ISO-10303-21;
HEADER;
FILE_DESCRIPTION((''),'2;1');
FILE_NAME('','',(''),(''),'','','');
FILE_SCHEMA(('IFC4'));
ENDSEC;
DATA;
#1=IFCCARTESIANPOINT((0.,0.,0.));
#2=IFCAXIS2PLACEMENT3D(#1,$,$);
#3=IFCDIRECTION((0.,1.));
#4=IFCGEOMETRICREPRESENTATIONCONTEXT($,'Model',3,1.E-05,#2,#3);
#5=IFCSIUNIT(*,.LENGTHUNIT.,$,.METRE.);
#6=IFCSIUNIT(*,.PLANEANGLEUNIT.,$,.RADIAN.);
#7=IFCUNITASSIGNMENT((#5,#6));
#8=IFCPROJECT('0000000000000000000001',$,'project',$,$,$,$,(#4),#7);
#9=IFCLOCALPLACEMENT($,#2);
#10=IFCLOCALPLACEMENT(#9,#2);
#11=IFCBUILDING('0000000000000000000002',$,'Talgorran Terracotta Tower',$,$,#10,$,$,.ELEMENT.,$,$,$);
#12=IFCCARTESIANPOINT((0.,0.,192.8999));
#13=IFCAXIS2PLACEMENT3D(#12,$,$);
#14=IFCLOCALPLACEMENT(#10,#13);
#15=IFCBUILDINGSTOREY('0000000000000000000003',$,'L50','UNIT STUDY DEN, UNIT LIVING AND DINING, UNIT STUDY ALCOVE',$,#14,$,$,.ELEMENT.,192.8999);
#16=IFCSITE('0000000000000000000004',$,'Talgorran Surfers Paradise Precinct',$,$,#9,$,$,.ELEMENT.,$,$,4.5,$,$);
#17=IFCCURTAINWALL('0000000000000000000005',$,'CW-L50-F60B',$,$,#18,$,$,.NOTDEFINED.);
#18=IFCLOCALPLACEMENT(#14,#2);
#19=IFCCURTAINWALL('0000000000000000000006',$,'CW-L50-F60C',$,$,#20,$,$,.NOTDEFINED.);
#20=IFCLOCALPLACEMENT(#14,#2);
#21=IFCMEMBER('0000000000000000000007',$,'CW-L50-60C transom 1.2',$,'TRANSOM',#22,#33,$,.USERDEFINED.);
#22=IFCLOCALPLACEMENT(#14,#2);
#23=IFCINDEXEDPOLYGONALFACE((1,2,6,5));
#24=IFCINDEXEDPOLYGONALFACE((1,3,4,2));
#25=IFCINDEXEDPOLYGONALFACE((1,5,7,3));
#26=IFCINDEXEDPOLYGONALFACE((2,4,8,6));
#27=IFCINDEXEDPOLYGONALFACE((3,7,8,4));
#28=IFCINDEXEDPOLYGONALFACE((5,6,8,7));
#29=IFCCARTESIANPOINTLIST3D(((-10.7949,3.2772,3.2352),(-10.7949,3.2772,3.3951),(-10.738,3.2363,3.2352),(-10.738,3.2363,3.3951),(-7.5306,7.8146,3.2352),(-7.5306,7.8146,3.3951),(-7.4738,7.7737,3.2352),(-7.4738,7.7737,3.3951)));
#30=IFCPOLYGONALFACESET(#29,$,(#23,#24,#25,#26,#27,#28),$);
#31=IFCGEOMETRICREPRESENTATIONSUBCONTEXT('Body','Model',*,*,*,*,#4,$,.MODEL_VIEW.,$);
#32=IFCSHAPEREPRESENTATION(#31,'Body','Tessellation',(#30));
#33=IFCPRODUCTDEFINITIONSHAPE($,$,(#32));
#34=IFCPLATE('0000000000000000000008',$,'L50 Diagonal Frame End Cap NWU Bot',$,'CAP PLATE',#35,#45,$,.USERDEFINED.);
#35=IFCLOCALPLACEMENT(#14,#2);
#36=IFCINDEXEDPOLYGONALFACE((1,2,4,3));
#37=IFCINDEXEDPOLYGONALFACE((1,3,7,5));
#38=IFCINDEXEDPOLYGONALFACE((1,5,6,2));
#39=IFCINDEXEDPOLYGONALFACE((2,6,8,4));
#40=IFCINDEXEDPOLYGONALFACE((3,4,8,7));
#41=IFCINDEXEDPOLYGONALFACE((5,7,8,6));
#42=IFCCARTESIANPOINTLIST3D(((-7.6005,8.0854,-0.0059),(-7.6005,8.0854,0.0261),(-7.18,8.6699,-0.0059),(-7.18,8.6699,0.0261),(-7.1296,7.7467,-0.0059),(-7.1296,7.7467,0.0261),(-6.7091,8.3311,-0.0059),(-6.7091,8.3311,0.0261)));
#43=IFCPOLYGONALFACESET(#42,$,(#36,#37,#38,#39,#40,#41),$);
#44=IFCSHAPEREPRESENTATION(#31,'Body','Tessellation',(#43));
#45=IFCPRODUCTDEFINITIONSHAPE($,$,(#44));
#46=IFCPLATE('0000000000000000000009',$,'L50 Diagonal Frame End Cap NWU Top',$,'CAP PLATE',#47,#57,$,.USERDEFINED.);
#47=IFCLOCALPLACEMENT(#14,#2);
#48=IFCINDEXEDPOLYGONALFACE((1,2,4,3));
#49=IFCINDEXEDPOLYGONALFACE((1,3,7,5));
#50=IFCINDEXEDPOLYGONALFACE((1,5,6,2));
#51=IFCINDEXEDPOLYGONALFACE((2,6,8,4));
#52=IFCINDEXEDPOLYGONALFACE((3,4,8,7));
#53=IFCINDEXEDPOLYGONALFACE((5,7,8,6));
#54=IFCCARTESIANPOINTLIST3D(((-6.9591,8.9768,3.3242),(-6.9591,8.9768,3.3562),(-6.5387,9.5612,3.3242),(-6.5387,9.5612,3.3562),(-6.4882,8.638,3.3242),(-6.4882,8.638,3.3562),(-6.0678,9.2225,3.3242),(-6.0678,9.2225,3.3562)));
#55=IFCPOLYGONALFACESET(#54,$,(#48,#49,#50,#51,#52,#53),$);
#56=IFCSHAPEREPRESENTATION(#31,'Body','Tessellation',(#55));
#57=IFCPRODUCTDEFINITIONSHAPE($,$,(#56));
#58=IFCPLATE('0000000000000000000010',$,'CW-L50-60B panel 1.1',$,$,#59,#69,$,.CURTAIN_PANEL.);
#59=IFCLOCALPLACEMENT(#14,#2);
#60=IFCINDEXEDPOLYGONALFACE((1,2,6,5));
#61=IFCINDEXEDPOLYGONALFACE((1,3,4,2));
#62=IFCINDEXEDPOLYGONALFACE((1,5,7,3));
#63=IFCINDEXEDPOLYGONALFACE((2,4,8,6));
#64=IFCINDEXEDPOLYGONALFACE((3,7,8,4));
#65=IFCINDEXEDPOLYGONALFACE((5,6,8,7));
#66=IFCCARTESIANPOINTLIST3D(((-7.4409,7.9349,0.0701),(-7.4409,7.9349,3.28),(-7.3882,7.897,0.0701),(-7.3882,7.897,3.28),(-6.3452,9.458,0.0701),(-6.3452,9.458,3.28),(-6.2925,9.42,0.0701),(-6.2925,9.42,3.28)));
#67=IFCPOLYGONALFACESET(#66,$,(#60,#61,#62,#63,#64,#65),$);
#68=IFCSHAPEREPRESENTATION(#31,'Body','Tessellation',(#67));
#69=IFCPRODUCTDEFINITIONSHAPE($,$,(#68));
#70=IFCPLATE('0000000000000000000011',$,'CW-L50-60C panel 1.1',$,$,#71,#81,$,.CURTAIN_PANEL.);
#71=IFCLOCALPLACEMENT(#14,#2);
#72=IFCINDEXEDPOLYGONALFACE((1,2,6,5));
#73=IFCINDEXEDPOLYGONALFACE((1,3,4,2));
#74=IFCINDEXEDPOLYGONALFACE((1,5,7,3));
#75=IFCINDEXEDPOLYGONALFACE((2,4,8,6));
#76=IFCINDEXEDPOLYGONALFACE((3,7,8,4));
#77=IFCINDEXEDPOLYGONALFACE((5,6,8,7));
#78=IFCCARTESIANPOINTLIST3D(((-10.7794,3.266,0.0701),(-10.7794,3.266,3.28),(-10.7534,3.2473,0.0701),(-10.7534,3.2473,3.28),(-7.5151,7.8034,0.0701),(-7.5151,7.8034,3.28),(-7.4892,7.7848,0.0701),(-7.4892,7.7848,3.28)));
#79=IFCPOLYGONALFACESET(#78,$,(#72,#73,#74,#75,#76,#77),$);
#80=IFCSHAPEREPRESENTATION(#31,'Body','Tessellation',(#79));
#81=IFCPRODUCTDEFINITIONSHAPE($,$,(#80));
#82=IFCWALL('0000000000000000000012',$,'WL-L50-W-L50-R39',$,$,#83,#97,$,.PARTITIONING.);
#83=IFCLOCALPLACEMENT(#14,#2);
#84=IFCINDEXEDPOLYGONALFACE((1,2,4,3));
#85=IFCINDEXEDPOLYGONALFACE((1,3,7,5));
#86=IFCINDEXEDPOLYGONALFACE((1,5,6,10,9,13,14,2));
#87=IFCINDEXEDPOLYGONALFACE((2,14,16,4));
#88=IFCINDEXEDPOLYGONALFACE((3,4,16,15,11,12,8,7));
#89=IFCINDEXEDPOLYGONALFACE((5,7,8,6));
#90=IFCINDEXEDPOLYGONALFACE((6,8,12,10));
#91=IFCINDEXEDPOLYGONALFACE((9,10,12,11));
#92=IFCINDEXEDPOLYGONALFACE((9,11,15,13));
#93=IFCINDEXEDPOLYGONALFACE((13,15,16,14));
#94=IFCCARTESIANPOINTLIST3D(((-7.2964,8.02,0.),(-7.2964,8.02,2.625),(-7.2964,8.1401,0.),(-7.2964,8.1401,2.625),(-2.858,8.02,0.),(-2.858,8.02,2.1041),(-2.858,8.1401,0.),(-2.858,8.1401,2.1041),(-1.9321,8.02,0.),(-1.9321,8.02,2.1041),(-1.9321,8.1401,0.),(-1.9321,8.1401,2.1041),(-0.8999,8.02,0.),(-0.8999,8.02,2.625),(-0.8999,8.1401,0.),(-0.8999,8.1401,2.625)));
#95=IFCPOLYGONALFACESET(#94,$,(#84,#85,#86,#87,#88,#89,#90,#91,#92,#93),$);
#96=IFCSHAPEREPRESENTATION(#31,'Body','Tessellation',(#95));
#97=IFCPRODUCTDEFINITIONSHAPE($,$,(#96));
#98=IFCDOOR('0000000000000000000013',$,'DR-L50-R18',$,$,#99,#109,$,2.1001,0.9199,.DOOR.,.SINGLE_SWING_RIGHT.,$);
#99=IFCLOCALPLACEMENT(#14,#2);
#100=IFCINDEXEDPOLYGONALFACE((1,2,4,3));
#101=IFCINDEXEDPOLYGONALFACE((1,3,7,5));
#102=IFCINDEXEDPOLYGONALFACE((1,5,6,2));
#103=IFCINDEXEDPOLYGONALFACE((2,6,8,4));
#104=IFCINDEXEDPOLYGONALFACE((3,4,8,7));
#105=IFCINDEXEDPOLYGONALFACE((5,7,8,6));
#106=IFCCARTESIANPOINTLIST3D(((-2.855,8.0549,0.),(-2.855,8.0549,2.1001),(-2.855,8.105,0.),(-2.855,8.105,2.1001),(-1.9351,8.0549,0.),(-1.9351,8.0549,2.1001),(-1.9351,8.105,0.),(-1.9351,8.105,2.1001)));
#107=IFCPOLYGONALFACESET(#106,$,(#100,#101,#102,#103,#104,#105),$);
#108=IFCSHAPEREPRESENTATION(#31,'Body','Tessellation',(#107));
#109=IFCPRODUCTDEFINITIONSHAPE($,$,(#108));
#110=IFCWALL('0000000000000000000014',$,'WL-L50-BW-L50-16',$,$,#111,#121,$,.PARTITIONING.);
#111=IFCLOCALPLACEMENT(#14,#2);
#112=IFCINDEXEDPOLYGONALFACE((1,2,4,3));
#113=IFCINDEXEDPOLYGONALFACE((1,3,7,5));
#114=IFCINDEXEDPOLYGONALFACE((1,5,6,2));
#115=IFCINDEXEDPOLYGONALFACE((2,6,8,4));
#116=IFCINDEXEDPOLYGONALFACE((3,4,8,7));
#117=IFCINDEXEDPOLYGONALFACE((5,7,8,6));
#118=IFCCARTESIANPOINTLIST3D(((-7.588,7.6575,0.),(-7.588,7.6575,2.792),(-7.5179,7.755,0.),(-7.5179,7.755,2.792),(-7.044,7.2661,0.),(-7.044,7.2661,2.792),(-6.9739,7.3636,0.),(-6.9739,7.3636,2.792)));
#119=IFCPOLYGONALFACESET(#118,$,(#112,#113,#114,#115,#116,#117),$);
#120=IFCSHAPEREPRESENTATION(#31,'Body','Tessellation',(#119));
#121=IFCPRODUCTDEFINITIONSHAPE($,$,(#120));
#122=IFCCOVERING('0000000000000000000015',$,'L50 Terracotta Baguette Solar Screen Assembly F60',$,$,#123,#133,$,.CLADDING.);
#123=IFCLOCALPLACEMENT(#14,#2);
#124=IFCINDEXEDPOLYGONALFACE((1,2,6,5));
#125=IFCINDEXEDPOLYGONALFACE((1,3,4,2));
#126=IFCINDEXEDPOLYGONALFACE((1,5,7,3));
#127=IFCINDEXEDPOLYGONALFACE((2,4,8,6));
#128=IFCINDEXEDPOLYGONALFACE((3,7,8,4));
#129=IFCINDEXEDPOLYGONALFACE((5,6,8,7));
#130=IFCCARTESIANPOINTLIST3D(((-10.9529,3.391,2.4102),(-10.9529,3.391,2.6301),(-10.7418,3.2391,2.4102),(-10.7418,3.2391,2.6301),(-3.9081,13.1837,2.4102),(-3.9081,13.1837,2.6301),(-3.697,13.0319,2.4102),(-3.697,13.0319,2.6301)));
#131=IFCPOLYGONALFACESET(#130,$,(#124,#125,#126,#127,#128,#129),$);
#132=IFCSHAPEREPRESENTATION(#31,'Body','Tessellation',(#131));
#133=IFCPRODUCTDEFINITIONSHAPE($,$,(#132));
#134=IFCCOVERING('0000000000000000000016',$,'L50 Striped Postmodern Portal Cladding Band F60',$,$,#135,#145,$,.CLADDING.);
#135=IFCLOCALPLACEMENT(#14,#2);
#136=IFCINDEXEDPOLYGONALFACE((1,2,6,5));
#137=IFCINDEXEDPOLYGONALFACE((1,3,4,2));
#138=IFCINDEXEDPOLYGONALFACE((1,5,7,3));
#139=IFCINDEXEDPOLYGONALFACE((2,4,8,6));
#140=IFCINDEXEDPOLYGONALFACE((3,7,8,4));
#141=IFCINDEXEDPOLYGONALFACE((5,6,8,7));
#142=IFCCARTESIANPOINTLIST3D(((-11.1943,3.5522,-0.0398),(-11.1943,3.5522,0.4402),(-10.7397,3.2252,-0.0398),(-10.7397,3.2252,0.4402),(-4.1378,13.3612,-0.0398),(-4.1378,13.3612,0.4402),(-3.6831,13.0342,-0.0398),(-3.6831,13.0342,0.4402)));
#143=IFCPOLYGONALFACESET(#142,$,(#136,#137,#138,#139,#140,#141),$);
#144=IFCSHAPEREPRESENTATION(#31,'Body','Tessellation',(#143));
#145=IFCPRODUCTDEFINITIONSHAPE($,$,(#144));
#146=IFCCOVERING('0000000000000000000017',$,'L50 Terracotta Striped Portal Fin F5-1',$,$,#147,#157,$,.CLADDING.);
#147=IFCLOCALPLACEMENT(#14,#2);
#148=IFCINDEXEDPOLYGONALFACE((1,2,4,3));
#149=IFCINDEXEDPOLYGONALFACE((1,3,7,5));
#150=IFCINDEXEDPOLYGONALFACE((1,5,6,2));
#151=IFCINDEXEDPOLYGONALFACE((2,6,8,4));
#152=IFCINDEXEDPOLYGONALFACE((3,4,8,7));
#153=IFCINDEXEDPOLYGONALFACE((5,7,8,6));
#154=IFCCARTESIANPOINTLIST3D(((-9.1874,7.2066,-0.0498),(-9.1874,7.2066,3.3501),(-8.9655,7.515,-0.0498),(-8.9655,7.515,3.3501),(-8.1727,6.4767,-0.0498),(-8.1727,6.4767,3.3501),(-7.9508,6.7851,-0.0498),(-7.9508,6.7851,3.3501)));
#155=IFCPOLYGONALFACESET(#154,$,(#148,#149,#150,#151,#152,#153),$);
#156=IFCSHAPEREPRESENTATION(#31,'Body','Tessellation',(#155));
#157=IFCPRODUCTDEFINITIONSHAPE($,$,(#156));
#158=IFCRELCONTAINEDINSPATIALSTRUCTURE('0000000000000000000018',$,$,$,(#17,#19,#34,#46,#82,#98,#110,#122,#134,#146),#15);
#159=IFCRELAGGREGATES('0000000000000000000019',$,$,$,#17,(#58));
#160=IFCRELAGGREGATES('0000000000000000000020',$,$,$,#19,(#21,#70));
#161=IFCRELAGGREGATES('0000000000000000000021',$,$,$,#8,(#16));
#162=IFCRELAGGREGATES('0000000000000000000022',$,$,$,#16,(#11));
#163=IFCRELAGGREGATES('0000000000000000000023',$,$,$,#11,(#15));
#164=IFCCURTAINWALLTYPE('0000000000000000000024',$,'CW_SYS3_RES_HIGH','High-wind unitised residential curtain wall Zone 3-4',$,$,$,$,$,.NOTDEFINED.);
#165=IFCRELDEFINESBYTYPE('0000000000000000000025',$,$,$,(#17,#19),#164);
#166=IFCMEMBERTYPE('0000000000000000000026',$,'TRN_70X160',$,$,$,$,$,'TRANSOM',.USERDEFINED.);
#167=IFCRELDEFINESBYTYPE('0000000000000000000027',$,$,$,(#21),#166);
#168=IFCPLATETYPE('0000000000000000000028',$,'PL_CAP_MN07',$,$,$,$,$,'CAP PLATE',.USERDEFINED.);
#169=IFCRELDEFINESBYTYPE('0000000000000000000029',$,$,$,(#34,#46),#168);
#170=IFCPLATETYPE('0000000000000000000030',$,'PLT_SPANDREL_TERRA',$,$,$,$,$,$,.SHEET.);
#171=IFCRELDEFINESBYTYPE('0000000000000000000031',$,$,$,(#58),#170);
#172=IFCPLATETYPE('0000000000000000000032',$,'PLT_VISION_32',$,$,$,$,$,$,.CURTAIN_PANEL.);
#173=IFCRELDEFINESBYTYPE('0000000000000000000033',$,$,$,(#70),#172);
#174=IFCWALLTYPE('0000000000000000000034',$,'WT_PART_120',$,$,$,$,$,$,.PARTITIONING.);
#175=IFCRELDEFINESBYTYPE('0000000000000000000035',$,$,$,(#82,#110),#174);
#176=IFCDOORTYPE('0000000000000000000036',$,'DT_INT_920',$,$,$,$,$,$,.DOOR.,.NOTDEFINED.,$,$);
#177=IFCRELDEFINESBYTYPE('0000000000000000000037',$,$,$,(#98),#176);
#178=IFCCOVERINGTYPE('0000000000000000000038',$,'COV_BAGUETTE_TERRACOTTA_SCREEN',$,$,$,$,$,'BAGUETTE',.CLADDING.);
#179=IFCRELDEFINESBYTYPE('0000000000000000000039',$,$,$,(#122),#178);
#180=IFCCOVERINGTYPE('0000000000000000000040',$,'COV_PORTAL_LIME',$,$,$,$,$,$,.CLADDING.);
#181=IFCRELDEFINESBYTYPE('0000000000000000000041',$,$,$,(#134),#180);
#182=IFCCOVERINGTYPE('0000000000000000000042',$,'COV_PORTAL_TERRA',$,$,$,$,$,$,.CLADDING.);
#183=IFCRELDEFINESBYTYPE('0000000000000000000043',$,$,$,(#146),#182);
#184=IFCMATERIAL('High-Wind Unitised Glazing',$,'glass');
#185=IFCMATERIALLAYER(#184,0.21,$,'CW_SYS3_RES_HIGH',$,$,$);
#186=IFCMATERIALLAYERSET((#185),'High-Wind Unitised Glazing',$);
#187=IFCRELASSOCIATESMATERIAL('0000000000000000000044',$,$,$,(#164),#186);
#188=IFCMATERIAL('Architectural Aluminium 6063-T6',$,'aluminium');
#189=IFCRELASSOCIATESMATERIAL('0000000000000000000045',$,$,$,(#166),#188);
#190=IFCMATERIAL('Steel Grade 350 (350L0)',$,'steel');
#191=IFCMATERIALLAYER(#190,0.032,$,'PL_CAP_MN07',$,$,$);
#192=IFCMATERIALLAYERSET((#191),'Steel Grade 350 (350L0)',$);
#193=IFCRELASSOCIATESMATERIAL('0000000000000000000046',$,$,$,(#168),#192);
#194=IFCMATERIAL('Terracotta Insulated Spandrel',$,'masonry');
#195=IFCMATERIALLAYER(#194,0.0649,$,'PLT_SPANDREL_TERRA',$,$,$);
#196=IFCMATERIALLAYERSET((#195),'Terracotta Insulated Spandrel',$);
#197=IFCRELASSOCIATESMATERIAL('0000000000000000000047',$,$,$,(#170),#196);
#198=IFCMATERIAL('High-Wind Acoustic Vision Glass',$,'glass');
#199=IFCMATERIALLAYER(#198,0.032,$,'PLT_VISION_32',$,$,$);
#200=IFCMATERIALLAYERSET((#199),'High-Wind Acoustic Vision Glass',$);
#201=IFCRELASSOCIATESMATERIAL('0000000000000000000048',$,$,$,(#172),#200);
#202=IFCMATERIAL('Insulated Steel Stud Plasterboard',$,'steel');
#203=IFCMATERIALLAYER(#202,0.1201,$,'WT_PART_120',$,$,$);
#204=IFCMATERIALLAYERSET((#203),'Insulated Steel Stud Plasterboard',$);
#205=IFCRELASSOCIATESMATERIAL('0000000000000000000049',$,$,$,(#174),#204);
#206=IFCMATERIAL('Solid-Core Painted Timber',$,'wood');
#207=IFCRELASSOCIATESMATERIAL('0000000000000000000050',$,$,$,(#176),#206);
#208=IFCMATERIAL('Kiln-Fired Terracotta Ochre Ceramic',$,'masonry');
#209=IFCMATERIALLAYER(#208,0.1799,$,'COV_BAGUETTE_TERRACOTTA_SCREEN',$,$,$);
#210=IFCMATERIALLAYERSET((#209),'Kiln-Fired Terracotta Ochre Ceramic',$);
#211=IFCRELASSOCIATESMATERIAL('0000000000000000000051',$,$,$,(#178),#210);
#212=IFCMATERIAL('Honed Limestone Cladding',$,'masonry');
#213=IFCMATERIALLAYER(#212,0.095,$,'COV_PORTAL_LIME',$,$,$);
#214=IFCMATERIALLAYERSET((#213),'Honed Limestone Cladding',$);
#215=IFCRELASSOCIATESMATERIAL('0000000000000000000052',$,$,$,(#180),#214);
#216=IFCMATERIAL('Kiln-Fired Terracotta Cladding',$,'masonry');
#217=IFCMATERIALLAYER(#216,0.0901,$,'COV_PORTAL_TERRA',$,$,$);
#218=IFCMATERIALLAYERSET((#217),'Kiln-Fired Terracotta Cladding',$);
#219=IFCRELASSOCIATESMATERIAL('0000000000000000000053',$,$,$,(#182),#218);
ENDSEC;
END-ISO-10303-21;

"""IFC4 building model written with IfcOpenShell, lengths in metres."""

from ifc_helpers import new_model, si_unit, direction, frame, frame_2d, origin, origin_2d, place, context, subcontext, project, spatial, rectangle, extrude, source, transform, mapped, material, layer, layer_set, material_profile, profile_set, type_object, type_shapes, element, fill, aggregate, save


model = new_model("IFC4")

# Units and contexts
model_context = context("Model", 3, precision=1e-05, world=origin(), true_north=direction((0.0, 1.0)))
body_context = subcontext(model_context, "Body", "Model", "MODEL_VIEW")
ifc_project = project(units=[si_unit("LENGTHUNIT", "METRE"), si_unit("PLANEANGLEUNIT", "RADIAN")], contexts=[model_context])

# Site, building, storey
site_placement = place(None, origin())
site = spatial("IfcSite", under=ifc_project, at=site_placement, Name="Talgorran Surfers Paradise Precinct", CompositionType="ELEMENT", RefElevation=4.5)
building_placement = place(site_placement, origin())
building = spatial("IfcBuilding", under=site, at=building_placement, Name="Talgorran Terracotta Tower", CompositionType="ELEMENT")
storey_placement = place(building_placement, frame((0.0, 0.0, 192.8999)))
storey = spatial("IfcBuildingStorey", under=building, at=storey_placement, Name="L50", Description="UNIT STUDY DEN, UNIT LIVING AND DINING, UNIT STUDY ALCOVE", CompositionType="ELEMENT", Elevation=192.8999)

# Shared definitions
ifc_material_1 = material(Name="Steel Grade 350 (350L0)", Category="steel")

# Curtain wall
ifc_material_2 = material(Name="High-Wind Unitised Glazing", Category="glass")
ifc_layer_1 = layer(ifc_material_2, 0.21, Name="CW_SYS3_RES_HIGH")
ifc_layer_set_1 = layer_set([ifc_layer_1], Name="High-Wind Unitised Glazing")
curtain_wall_type = type_object("IfcCurtainWallType", Name="CW_SYS3_RES_HIGH", Description="High-wind unitised residential curtain wall Zone 3-4", PredefinedType="NOTDEFINED", material=ifc_layer_set_1)
curtain_wall_1_placement = place(storey_placement, origin())
curtain_wall_1 = element("IfcCurtainWall", 1, at=curtain_wall_1_placement, inside=storey, type_object=curtain_wall_type, Name="CW-L50-F60B", PredefinedType="NOTDEFINED")
ifc_material_3 = material(Name="Architectural Aluminium 6063-T6", Category="aluminium")

# Curtain wall
curtain_wall_2_placement = place(storey_placement, origin())
curtain_wall_2 = element("IfcCurtainWall", 2, at=curtain_wall_2_placement, inside=storey, type_object=curtain_wall_type, Name="CW-L50-F60C", PredefinedType="NOTDEFINED")

# Member
ifc_material_profile_1 = material_profile(ifc_material_3, rectangle(XDim=0.0701, YDim=0.1599, at=origin_2d()), Name="CWT70X160")
ifc_profile_set_1 = profile_set([ifc_material_profile_1], Name="Architectural Aluminium 6063-T6")
member_type_1 = type_object("IfcMemberType", Name="TRN_70X160", ElementType="TRANSOM", PredefinedType="USERDEFINED", material=ifc_profile_set_1)
member_1_placement = place(storey_placement, frame((-7.5022, 7.7942, 3.3152), z_axis=(-0.583982, -0.811766, 0.0), x_axis=(0.811766, -0.583982, 0.0)))
member_1 = element("IfcMember", 3, at=member_1_placement, type_object=member_type_1, Name="CW-L50-60C transom 1.2", ObjectType="TRANSOM", PredefinedType="USERDEFINED", context=body_context, shape_type="SweptSolid", body=[
    extrude(rectangle(XDim=0.0701, YDim=0.1599, at=origin_2d()), origin(), (0.0, 0.0, 1.0), 5.5896),
])

# Plates
ifc_layer_2 = layer(ifc_material_1, 0.032, Name="PL_CAP_MN07")
ifc_layer_set_2 = layer_set([ifc_layer_2], Name="Steel Grade 350 (350L0)")
plate_type_1 = type_object("IfcPlateType", Name="PL_CAP_MN07", ElementType="CAP PLATE", PredefinedType="USERDEFINED", material=ifc_layer_set_2)
for number, where, z_axis, x_axis, name in (
    (4, (-7.1548, 8.2083, -0.0059), (0.0, 0.0, 1.0), (0.583966, 0.811778, 0.0), "L50 Diagonal Frame End Cap NWU Bot"),
    (5, (-6.5134, 9.0996, 3.3242), (0.0, 0.0, 1.0), (0.583966, 0.811778, 0.0), "L50 Diagonal Frame End Cap NWU Top"),
):
    element("IfcPlate", number, at=place(storey_placement, frame(where, z_axis=z_axis, x_axis=x_axis)), inside=storey, type_object=plate_type_1, Name=name, ObjectType="CAP PLATE", PredefinedType="USERDEFINED", context=body_context, shape_type="SweptSolid", body=[
        extrude(rectangle(XDim=0.72, YDim=0.5801, at=origin_2d()), origin(), (0.0, 0.0, 1.0), 0.032),
    ])

# Plates
ifc_material_4 = material(Name="Terracotta Insulated Spandrel", Category="masonry")
ifc_layer_3 = layer(ifc_material_4, 0.0649, Name="PLT_SPANDREL_TERRA")
ifc_layer_set_3 = layer_set([ifc_layer_3], Name="Terracotta Insulated Spandrel")
plate_type_2 = type_object("IfcPlateType", Name="PLT_SPANDREL_TERRA", PredefinedType="SHEET", material=ifc_layer_set_3)
shared_shape_1 = source(origin(), body_context, "Body", "SweptSolid", [
    extrude(rectangle(XDim=1.8762, YDim=0.0649, at=origin_2d()), origin(), (0.0, 0.0, 1.0), 3.21),
])
type_shapes(plate_type_2, [shared_shape_1])
plate_1_placement = place(storey_placement, frame((-6.8667, 8.6775, 0.0701), z_axis=(0.0, 0.0, 1.0), x_axis=(-0.583994, -0.811758, 0.0)))
plate_1 = element("IfcPlate", 6, at=plate_1_placement, type_object=plate_type_2, Name="CW-L50-60B panel 1.1", PredefinedType="CURTAIN_PANEL", context=body_context, shape_type="MappedRepresentation", body=[
    mapped(shared_shape_1, transform((0.0, 0.0, 0.0), scale=1.0)),
])
aggregate(curtain_wall_1, [plate_1])
ifc_material_5 = material(Name="High-Wind Acoustic Vision Glass", Category="glass")
ifc_layer_4 = layer(ifc_material_5, 0.032, Name="PLT_VISION_32")
ifc_layer_set_4 = layer_set([ifc_layer_4], Name="High-Wind Acoustic Vision Glass")
plate_type_3 = type_object("IfcPlateType", Name="PLT_VISION_32", PredefinedType="CURTAIN_PANEL", material=ifc_layer_set_4)
shared_shape_2 = source(origin(), body_context, "Body", "SweptSolid", [
    extrude(rectangle(XDim=5.5896, YDim=0.032, at=origin_2d()), origin(), (0.0, 0.0, 1.0), 3.21),
])
type_shapes(plate_type_3, [shared_shape_2])
plate_2_placement = place(storey_placement, frame((-9.1343, 5.5254, 0.0701), z_axis=(0.0, 0.0, 1.0), x_axis=(-0.583992, -0.811759, 0.0)))
plate_2 = element("IfcPlate", 7, at=plate_2_placement, type_object=plate_type_3, Name="CW-L50-60C panel 1.1", PredefinedType="CURTAIN_PANEL", context=body_context, shape_type="MappedRepresentation", body=[
    mapped(shared_shape_2, transform((0.0, 0.0, 0.0), scale=1.0)),
])
aggregate(curtain_wall_2, [member_1, plate_2])

# Wall, opening, door
ifc_material_6 = material(Name="Insulated Steel Stud Plasterboard", Category="steel")
ifc_layer_5 = layer(ifc_material_6, 0.1201, Name="WT_PART_120")
ifc_layer_set_5 = layer_set([ifc_layer_5], Name="Insulated Steel Stud Plasterboard")
wall_type = type_object("IfcWallType", Name="WT_PART_120", PredefinedType="PARTITIONING", material=ifc_layer_set_5)
wall_1_placement = place(storey_placement, frame((-7.2964, 8.0801, 0.0), z_axis=(0.0, 0.0, 1.0), x_axis=(1.0, 0.0, 0.0)))
wall_1 = element("IfcWall", 8, at=wall_1_placement, inside=storey, type_object=wall_type, Name="WL-L50-W-L50-R39", PredefinedType="PARTITIONING", context=body_context, shape_type="SweptSolid", body=[
    extrude(rectangle(XDim=6.3965, YDim=0.1201, at=frame_2d((3.1982, 0.0))), origin(), (0.0, 0.0, 1.0), 2.625),
])
opening_placement = place(wall_1_placement, frame((4.4414, 0.0, 0.0)))
opening = element("IfcOpeningElement", 9, at=opening_placement, cuts=wall_1, PredefinedType="OPENING", context=body_context, shape_type="SweptSolid", body=[
    extrude(rectangle(XDim=0.9259, YDim=2.1041, at=frame_2d((0.46, 1.052))), frame((0.0, 0.0701, 0.0), z_axis=(0.0, -1.0, 0.0), x_axis=(1.0, 0.0, 0.0)), (0.0, 0.0, 1.0), 0.1401),
])
ifc_material_7 = material(Name="Solid-Core Painted Timber", Category="wood")
door_type = type_object("IfcDoorType", Name="DT_INT_920", OperationType="NOTDEFINED", PredefinedType="DOOR", material=ifc_material_7)
door_placement = place(opening_placement, origin())
door = element("IfcDoor", 10, at=door_placement, inside=storey, type_object=door_type, Name="DR-L50-R18", OperationType="SINGLE_SWING_RIGHT", OverallHeight=2.1001, OverallWidth=0.9199, PredefinedType="DOOR", context=body_context, shape_type="SweptSolid", body=[
    extrude(rectangle(XDim=0.9199, YDim=2.1001, at=frame_2d((0.46, 1.05))), frame((0.0, 0.0249, 0.0), z_axis=(0.0, -1.0, 0.0), x_axis=(1.0, 0.0, 0.0)), (0.0, 0.0, 1.0), 0.05),
])
fill(opening, door)

# Wall
wall_2_placement = place(storey_placement, frame((-7.009, 7.3149, 0.0), z_axis=(0.0, 0.0, 1.0), x_axis=(-0.811735, 0.584026, 0.0)))
element("IfcWall", 11, at=wall_2_placement, inside=storey, type_object=wall_type, Name="WL-L50-BW-L50-16", PredefinedType="PARTITIONING", context=body_context, shape_type="SweptSolid", body=[
    extrude(rectangle(XDim=0.6702, YDim=0.1201, at=frame_2d((0.335, 0.0))), origin(), (0.0, 0.0, 1.0), 2.792),
])

# Coverings
ifc_material_8 = material(Name="Kiln-Fired Terracotta Ochre Ceramic", Category="masonry")
ifc_layer_6 = layer(ifc_material_8, 0.1799, Name="COV_BAGUETTE_TERRACOTTA_SCREEN")
ifc_layer_set_6 = layer_set([ifc_layer_6], Name="Kiln-Fired Terracotta Ochre Ceramic")
covering_type_1 = type_object("IfcCoveringType", Name="COV_BAGUETTE_TERRACOTTA_SCREEN", ElementType="BAGUETTE", PredefinedType="CLADDING", material=ifc_layer_set_6)
covering_1_placement = place(storey_placement, frame((-7.325, 8.2114, 2.4102), z_axis=(0.0, 0.0, 1.0), x_axis=(-0.583981, -0.811768, 0.0)))
element("IfcCovering", 12, at=covering_1_placement, inside=storey, type_object=covering_type_1, Name="L50 Terracotta Baguette Solar Screen Assembly F60", PredefinedType="CLADDING", context=body_context, shape_type="SweptSolid", body=[
    extrude(rectangle(XDim=12.0635, YDim=0.26, at=origin_2d()), origin(), (0.0, 0.0, 1.0), 0.22),
])
ifc_material_9 = material(Name="Honed Limestone Cladding", Category="masonry")
ifc_layer_7 = layer(ifc_material_9, 0.095, Name="COV_PORTAL_LIME")
ifc_layer_set_7 = layer_set([ifc_layer_7], Name="Honed Limestone Cladding")
covering_type_2 = type_object("IfcCoveringType", Name="COV_PORTAL_LIME", PredefinedType="CLADDING", material=ifc_layer_set_7)
covering_2_placement = place(storey_placement, frame((-7.4387, 8.2932, -0.0398), z_axis=(0.0, 0.0, 1.0), x_axis=(-0.583981, -0.811768, 0.0)))
element("IfcCovering", 13, at=covering_2_placement, inside=storey, type_object=covering_type_2, Name="L50 Striped Postmodern Portal Cladding Band F60", PredefinedType="CLADDING", context=body_context, shape_type="SweptSolid", body=[
    extrude(rectangle(XDim=12.0835, YDim=0.5601, at=origin_2d()), origin(), (0.0, 0.0, 1.0), 0.48),
])
ifc_material_10 = material(Name="Kiln-Fired Terracotta Cladding", Category="masonry")
ifc_layer_8 = layer(ifc_material_10, 0.0901, Name="COV_PORTAL_TERRA")
ifc_layer_set_8 = layer_set([ifc_layer_8], Name="Kiln-Fired Terracotta Cladding")
covering_type_3 = type_object("IfcCoveringType", Name="COV_PORTAL_TERRA", PredefinedType="CLADDING", material=ifc_layer_set_8)
covering_3_placement = place(storey_placement, frame((-8.5691, 6.9958, -0.0498), z_axis=(0.0, 0.0, 1.0), x_axis=(-0.583981, -0.811768, 0.0)))
element("IfcCovering", 14, at=covering_3_placement, inside=storey, type_object=covering_type_3, Name="L50 Terracotta Striped Portal Fin F5-1", PredefinedType="CLADDING", context=body_context, shape_type="SweptSolid", body=[
    extrude(rectangle(XDim=0.3799, YDim=1.25, at=origin_2d()), origin(), (0.0, 0.0, 1.0), 3.3999),
])

save(model, "model.ifc")
